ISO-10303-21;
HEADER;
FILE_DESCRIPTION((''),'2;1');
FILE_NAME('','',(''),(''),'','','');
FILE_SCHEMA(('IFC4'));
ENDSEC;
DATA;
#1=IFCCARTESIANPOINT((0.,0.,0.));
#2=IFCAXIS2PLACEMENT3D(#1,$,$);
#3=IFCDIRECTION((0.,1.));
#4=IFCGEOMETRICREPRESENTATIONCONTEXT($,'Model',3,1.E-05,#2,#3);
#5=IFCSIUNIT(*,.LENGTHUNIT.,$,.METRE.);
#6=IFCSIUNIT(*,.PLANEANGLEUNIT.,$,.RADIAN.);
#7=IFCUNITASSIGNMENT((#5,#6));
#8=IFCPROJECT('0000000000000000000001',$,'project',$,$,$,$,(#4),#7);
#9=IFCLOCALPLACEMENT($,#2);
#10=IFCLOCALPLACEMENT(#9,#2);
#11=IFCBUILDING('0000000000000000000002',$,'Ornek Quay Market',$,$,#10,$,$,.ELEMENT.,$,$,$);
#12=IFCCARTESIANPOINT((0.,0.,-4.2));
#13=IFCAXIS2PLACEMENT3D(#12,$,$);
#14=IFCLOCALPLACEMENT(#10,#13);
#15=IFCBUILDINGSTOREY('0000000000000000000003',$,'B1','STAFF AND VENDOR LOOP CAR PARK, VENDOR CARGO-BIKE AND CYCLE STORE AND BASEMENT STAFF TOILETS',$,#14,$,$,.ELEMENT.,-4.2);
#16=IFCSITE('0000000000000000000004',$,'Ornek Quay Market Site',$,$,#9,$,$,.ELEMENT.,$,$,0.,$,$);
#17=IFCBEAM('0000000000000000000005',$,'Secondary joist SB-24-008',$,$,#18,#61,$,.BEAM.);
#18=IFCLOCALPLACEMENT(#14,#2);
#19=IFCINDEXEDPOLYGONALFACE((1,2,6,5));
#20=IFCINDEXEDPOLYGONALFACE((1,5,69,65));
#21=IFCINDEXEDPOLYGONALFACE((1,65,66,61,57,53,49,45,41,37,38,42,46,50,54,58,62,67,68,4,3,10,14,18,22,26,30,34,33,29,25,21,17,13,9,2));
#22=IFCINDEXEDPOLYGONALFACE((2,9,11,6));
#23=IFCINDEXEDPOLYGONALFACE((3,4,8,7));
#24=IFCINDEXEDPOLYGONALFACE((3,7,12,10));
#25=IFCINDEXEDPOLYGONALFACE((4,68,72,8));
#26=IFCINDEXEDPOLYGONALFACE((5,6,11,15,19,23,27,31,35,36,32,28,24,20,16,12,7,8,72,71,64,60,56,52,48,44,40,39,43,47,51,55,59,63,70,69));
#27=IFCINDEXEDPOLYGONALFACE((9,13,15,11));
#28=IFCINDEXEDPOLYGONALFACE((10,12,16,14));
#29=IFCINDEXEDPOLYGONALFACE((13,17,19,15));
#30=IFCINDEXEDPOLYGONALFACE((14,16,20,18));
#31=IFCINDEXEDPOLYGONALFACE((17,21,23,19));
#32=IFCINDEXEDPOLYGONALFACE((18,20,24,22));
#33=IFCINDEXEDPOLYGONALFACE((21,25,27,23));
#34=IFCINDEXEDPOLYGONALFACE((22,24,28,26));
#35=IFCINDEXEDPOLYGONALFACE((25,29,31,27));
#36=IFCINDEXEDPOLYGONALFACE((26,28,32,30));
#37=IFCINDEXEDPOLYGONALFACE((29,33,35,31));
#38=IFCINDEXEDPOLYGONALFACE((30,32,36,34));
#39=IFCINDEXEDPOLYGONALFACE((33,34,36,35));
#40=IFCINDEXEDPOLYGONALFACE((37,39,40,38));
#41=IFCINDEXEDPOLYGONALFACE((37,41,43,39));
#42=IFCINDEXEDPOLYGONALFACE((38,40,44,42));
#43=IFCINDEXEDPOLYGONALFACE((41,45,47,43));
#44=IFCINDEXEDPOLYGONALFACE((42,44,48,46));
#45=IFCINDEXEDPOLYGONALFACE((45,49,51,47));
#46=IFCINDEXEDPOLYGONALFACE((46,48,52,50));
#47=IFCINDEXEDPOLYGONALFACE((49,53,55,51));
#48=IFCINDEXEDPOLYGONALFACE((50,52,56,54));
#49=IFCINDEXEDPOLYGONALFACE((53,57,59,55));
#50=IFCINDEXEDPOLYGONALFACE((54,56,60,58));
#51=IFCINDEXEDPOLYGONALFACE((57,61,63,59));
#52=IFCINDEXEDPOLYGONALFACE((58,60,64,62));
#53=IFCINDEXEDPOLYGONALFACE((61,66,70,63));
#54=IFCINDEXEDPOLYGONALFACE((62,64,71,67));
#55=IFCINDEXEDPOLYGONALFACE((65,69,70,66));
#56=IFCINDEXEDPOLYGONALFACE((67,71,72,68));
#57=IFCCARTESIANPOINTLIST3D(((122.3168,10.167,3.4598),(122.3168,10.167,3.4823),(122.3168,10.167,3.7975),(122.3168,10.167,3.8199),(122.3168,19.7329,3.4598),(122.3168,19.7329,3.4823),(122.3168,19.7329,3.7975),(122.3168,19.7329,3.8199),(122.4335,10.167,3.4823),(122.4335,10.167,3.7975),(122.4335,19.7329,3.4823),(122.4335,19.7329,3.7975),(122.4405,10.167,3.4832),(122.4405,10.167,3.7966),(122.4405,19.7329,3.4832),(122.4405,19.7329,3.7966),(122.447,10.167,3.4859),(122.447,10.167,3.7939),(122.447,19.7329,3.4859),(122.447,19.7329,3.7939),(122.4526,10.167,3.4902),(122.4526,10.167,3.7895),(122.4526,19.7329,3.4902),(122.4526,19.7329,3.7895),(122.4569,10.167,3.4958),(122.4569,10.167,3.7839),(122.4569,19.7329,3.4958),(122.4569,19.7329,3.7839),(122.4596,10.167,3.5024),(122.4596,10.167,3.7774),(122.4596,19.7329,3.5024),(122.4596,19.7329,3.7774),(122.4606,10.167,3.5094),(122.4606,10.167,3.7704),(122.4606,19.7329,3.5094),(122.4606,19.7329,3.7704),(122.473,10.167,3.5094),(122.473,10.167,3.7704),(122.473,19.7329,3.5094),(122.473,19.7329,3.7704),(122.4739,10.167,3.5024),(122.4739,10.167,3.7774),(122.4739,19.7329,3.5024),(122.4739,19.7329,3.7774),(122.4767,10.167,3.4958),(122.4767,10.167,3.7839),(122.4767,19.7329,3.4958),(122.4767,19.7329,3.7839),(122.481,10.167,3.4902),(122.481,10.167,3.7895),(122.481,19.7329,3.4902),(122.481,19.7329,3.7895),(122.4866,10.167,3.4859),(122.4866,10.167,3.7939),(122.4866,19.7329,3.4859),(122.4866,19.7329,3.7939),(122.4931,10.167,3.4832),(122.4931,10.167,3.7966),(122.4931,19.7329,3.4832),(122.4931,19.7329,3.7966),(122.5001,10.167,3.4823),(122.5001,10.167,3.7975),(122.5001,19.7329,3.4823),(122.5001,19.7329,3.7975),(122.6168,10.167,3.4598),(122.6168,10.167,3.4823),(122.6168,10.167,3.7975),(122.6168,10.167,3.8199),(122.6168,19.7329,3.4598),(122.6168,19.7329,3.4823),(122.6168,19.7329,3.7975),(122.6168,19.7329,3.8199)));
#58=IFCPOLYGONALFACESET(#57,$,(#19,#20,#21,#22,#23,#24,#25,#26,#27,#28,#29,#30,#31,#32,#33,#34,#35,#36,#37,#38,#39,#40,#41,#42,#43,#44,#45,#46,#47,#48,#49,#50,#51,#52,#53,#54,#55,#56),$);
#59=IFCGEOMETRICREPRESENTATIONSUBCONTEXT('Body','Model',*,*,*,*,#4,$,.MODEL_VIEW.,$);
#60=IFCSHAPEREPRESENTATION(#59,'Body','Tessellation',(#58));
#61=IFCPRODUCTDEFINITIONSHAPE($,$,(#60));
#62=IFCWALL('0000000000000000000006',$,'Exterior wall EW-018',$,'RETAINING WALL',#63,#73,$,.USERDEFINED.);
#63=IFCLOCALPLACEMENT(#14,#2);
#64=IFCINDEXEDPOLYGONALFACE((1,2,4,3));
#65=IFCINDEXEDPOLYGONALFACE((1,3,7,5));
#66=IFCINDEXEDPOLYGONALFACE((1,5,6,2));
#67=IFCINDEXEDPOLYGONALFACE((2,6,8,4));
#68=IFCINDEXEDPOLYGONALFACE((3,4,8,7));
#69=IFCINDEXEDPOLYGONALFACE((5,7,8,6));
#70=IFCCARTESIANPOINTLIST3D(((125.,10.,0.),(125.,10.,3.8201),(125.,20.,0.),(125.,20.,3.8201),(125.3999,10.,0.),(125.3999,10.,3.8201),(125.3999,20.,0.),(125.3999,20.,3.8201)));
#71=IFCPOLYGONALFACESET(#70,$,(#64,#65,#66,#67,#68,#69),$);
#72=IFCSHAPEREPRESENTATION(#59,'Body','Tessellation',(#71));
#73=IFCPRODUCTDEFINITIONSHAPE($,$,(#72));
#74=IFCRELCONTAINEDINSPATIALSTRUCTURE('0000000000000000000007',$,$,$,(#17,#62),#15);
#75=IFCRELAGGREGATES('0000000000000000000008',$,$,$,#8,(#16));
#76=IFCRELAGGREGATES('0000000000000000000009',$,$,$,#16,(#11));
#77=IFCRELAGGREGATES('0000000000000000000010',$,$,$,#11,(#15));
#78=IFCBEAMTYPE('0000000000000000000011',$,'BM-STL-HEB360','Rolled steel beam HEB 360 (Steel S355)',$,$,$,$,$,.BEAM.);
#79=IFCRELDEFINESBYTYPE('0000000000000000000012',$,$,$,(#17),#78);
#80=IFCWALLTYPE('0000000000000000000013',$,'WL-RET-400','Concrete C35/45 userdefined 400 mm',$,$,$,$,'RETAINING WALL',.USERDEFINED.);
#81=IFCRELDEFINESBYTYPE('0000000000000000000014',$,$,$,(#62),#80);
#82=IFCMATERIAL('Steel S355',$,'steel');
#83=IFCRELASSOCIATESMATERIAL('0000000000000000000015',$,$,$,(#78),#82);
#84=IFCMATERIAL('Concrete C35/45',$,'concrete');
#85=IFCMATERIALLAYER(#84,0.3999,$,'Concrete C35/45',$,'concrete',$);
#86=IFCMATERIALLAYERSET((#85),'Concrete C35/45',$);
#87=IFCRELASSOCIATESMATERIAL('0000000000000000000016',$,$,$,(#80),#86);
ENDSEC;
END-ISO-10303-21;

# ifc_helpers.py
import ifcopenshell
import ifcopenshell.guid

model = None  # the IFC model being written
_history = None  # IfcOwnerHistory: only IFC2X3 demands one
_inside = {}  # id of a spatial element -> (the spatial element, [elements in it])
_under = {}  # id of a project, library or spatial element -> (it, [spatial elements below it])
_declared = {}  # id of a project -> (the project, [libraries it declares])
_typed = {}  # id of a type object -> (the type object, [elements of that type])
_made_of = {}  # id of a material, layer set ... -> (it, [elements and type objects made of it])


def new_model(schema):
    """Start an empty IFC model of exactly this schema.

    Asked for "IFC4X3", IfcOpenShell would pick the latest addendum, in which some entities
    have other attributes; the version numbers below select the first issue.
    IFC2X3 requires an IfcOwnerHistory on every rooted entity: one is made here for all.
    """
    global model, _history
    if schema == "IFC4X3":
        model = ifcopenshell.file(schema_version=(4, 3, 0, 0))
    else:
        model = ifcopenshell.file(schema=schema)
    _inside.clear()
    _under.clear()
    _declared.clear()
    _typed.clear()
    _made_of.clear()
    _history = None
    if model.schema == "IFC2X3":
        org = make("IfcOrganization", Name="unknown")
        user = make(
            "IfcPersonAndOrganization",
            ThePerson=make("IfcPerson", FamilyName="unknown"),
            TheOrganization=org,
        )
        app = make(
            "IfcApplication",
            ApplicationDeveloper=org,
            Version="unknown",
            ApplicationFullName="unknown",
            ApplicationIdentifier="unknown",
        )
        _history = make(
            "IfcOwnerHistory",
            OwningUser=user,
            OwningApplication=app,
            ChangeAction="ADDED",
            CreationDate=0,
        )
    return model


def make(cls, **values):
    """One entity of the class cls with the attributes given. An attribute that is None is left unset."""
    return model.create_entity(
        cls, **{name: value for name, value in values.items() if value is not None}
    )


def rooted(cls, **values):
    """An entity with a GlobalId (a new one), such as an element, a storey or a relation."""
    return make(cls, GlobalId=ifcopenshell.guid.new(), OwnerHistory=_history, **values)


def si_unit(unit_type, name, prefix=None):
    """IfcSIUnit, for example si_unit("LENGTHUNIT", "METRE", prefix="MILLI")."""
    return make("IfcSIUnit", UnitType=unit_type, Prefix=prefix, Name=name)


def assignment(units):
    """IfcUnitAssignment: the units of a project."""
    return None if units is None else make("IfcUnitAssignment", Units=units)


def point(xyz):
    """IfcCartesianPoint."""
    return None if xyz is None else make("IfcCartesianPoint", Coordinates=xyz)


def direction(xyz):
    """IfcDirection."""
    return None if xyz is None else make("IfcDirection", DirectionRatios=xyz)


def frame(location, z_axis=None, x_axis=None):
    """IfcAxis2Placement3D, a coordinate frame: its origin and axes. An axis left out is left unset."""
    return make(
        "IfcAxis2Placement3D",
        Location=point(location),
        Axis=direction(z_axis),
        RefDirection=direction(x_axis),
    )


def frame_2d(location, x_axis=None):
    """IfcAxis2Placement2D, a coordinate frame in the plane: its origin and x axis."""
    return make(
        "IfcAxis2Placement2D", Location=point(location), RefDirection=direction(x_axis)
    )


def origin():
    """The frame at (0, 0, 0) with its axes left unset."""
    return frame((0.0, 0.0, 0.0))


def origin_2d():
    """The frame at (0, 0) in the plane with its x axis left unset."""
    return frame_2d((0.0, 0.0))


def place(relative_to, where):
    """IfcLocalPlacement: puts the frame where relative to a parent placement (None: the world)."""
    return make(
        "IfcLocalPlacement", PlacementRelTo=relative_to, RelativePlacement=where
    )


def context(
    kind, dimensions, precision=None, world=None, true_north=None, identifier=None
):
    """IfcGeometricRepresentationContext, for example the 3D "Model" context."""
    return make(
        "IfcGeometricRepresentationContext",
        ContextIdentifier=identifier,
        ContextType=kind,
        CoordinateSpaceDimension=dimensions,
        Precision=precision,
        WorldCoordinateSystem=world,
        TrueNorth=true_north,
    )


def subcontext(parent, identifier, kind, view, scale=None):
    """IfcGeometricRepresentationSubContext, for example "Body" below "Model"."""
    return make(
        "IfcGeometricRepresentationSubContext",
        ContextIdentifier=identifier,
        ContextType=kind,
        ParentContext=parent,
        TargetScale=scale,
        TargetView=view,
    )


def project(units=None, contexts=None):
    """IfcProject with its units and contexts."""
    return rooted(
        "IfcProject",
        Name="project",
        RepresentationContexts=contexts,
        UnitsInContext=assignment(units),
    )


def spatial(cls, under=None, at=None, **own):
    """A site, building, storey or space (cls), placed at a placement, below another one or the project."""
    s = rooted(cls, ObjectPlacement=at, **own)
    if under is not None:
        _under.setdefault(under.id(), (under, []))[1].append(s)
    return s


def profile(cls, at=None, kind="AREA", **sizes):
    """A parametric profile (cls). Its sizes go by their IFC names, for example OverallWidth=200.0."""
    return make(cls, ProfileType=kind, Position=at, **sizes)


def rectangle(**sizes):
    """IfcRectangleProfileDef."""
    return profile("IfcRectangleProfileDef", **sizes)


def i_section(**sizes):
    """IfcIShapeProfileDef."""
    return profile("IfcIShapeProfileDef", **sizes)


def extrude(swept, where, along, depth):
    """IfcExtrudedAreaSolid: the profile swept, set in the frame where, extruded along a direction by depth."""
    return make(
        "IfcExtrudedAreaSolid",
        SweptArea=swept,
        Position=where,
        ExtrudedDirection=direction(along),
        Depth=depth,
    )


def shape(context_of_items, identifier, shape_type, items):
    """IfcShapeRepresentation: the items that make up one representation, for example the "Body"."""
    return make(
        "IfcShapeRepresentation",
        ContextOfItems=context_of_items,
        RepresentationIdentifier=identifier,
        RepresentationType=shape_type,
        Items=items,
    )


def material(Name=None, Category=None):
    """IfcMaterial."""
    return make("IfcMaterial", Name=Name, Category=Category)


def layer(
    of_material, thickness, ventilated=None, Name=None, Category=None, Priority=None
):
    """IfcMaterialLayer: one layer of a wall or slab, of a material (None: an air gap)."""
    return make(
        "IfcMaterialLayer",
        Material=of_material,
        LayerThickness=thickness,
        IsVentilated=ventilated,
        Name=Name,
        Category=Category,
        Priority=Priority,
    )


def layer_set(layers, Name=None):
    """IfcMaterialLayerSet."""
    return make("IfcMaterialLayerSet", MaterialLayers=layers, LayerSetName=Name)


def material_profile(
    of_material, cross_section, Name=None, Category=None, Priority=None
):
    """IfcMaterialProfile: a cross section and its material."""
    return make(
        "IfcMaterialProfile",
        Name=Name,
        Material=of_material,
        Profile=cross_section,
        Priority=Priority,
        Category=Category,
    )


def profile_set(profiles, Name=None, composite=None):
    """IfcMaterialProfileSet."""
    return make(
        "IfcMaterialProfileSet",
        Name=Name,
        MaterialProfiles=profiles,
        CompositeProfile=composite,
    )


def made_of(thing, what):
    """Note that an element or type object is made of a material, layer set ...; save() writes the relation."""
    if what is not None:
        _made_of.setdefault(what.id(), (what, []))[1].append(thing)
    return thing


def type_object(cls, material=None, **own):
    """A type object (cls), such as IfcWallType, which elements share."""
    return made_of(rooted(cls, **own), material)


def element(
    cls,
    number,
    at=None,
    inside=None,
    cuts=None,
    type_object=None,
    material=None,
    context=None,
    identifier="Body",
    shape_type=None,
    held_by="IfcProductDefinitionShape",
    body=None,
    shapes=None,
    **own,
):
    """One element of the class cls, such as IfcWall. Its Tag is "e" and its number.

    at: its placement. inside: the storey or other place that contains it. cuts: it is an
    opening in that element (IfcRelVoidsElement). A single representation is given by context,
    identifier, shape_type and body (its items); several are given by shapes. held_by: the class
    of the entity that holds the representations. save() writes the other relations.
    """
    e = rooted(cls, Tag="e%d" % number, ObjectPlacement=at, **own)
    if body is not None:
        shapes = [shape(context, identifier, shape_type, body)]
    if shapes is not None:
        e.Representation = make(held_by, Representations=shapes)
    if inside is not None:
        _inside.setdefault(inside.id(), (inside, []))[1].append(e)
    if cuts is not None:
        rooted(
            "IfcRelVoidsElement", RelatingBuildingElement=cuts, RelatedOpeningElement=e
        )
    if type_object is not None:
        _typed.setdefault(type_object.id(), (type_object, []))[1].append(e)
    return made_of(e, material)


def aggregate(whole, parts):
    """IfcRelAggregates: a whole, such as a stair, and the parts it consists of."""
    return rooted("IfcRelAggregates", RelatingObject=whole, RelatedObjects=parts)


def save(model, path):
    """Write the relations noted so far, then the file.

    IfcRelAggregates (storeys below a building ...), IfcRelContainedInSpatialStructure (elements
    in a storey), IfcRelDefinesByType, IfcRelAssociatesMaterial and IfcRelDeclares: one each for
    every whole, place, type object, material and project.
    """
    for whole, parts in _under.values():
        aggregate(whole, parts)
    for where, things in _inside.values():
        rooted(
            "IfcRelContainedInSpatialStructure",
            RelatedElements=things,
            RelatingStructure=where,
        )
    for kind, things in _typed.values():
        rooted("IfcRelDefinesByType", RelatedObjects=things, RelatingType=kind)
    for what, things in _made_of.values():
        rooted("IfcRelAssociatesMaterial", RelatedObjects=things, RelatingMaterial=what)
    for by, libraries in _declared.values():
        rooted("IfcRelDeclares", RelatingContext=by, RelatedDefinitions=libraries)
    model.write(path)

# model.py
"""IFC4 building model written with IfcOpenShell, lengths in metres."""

from ifc_helpers import new_model, si_unit, direction, frame, frame_2d, origin, origin_2d, place, context, subcontext, project, spatial, rectangle, i_section, extrude, material, layer, layer_set, material_profile, profile_set, type_object, element, save


model = new_model("IFC4")

# Units and contexts
model_context = context("Model", 3, precision=1e-05, world=origin(), true_north=direction((0.0, 1.0)))
body_context = subcontext(model_context, "Body", "Model", "MODEL_VIEW")
ifc_project = project(units=[si_unit("LENGTHUNIT", "METRE"), si_unit("PLANEANGLEUNIT", "RADIAN")], contexts=[model_context])

# Site, building, storey
site_placement = place(None, origin())
site = spatial("IfcSite", under=ifc_project, at=site_placement, Name="Ornek Quay Market Site", CompositionType="ELEMENT", RefElevation=0.0)
building_placement = place(site_placement, origin())
building = spatial("IfcBuilding", under=site, at=building_placement, Name="Ornek Quay Market", CompositionType="ELEMENT")
storey_placement = place(building_placement, frame((0.0, 0.0, -4.2)))
storey = spatial("IfcBuildingStorey", under=building, at=storey_placement, Name="B1", Description="STAFF AND VENDOR LOOP CAR PARK, VENDOR CARGO-BIKE AND CYCLE STORE AND BASEMENT STAFF TOILETS", CompositionType="ELEMENT", Elevation=-4.2)

# Shared definitions
ifc_material_1 = material(Name="Concrete C35/45", Category="concrete")

# Beam
ifc_material_2 = material(Name="Steel S355", Category="steel")
ifc_material_profile_1 = material_profile(ifc_material_2, i_section(OverallWidth=0.3, OverallDepth=0.3601, WebThickness=0.0125, FlangeThickness=0.0225, FilletRadius=0.0271, at=origin_2d()), Name="HEB 360", Category="steel")
ifc_profile_set_1 = profile_set([ifc_material_profile_1], Name="Steel S355")
beam_type_1 = type_object("IfcBeamType", Name="BM-STL-HEB360", Description="Rolled steel beam HEB 360 (Steel S355)", PredefinedType="BEAM", material=ifc_profile_set_1)
for number, where, z_axis, x_axis, name in (
    (1, (122.4668, 10.167, 3.6399), (0.0, 1.0, 0.0), (-1.0, 0.0, 0.0), "Secondary joist SB-24-008"),
):
    element("IfcBeam", number, at=place(storey_placement, frame(where, z_axis=z_axis, x_axis=x_axis)), inside=storey, type_object=beam_type_1, Name=name, PredefinedType="BEAM", context=body_context, shape_type="SweptSolid", body=[
        extrude(i_section(OverallWidth=0.3, OverallDepth=0.3601, WebThickness=0.0125, FlangeThickness=0.0225, FilletRadius=0.0271, at=origin_2d()), origin(), (0.0, 0.0, 1.0), 9.5659),
    ])

# Wall
ifc_layer = layer(ifc_material_1, 0.3999, Name="Concrete C35/45", Category="concrete")
ifc_layer_set = layer_set([ifc_layer], Name="Concrete C35/45")
wall_type = type_object("IfcWallType", Name="WL-RET-400", Description="Concrete C35/45 userdefined 400 mm", ElementType="RETAINING WALL", PredefinedType="USERDEFINED", material=ifc_layer_set)
wall_placement = place(storey_placement, frame((125.2, 10.0, 0.0), z_axis=(0.0, 0.0, 1.0), x_axis=(0.0, 1.0, 0.0)))
element("IfcWall", 2, at=wall_placement, inside=storey, type_object=wall_type, Name="Exterior wall EW-018", ObjectType="RETAINING WALL", PredefinedType="USERDEFINED", context=body_context, shape_type="SweptSolid", body=[
    extrude(rectangle(XDim=10.0, YDim=0.3999, at=frame_2d((5.0, 0.0))), origin(), (0.0, 0.0, 1.0), 3.8201),
])

save(model, "model.ifc")
